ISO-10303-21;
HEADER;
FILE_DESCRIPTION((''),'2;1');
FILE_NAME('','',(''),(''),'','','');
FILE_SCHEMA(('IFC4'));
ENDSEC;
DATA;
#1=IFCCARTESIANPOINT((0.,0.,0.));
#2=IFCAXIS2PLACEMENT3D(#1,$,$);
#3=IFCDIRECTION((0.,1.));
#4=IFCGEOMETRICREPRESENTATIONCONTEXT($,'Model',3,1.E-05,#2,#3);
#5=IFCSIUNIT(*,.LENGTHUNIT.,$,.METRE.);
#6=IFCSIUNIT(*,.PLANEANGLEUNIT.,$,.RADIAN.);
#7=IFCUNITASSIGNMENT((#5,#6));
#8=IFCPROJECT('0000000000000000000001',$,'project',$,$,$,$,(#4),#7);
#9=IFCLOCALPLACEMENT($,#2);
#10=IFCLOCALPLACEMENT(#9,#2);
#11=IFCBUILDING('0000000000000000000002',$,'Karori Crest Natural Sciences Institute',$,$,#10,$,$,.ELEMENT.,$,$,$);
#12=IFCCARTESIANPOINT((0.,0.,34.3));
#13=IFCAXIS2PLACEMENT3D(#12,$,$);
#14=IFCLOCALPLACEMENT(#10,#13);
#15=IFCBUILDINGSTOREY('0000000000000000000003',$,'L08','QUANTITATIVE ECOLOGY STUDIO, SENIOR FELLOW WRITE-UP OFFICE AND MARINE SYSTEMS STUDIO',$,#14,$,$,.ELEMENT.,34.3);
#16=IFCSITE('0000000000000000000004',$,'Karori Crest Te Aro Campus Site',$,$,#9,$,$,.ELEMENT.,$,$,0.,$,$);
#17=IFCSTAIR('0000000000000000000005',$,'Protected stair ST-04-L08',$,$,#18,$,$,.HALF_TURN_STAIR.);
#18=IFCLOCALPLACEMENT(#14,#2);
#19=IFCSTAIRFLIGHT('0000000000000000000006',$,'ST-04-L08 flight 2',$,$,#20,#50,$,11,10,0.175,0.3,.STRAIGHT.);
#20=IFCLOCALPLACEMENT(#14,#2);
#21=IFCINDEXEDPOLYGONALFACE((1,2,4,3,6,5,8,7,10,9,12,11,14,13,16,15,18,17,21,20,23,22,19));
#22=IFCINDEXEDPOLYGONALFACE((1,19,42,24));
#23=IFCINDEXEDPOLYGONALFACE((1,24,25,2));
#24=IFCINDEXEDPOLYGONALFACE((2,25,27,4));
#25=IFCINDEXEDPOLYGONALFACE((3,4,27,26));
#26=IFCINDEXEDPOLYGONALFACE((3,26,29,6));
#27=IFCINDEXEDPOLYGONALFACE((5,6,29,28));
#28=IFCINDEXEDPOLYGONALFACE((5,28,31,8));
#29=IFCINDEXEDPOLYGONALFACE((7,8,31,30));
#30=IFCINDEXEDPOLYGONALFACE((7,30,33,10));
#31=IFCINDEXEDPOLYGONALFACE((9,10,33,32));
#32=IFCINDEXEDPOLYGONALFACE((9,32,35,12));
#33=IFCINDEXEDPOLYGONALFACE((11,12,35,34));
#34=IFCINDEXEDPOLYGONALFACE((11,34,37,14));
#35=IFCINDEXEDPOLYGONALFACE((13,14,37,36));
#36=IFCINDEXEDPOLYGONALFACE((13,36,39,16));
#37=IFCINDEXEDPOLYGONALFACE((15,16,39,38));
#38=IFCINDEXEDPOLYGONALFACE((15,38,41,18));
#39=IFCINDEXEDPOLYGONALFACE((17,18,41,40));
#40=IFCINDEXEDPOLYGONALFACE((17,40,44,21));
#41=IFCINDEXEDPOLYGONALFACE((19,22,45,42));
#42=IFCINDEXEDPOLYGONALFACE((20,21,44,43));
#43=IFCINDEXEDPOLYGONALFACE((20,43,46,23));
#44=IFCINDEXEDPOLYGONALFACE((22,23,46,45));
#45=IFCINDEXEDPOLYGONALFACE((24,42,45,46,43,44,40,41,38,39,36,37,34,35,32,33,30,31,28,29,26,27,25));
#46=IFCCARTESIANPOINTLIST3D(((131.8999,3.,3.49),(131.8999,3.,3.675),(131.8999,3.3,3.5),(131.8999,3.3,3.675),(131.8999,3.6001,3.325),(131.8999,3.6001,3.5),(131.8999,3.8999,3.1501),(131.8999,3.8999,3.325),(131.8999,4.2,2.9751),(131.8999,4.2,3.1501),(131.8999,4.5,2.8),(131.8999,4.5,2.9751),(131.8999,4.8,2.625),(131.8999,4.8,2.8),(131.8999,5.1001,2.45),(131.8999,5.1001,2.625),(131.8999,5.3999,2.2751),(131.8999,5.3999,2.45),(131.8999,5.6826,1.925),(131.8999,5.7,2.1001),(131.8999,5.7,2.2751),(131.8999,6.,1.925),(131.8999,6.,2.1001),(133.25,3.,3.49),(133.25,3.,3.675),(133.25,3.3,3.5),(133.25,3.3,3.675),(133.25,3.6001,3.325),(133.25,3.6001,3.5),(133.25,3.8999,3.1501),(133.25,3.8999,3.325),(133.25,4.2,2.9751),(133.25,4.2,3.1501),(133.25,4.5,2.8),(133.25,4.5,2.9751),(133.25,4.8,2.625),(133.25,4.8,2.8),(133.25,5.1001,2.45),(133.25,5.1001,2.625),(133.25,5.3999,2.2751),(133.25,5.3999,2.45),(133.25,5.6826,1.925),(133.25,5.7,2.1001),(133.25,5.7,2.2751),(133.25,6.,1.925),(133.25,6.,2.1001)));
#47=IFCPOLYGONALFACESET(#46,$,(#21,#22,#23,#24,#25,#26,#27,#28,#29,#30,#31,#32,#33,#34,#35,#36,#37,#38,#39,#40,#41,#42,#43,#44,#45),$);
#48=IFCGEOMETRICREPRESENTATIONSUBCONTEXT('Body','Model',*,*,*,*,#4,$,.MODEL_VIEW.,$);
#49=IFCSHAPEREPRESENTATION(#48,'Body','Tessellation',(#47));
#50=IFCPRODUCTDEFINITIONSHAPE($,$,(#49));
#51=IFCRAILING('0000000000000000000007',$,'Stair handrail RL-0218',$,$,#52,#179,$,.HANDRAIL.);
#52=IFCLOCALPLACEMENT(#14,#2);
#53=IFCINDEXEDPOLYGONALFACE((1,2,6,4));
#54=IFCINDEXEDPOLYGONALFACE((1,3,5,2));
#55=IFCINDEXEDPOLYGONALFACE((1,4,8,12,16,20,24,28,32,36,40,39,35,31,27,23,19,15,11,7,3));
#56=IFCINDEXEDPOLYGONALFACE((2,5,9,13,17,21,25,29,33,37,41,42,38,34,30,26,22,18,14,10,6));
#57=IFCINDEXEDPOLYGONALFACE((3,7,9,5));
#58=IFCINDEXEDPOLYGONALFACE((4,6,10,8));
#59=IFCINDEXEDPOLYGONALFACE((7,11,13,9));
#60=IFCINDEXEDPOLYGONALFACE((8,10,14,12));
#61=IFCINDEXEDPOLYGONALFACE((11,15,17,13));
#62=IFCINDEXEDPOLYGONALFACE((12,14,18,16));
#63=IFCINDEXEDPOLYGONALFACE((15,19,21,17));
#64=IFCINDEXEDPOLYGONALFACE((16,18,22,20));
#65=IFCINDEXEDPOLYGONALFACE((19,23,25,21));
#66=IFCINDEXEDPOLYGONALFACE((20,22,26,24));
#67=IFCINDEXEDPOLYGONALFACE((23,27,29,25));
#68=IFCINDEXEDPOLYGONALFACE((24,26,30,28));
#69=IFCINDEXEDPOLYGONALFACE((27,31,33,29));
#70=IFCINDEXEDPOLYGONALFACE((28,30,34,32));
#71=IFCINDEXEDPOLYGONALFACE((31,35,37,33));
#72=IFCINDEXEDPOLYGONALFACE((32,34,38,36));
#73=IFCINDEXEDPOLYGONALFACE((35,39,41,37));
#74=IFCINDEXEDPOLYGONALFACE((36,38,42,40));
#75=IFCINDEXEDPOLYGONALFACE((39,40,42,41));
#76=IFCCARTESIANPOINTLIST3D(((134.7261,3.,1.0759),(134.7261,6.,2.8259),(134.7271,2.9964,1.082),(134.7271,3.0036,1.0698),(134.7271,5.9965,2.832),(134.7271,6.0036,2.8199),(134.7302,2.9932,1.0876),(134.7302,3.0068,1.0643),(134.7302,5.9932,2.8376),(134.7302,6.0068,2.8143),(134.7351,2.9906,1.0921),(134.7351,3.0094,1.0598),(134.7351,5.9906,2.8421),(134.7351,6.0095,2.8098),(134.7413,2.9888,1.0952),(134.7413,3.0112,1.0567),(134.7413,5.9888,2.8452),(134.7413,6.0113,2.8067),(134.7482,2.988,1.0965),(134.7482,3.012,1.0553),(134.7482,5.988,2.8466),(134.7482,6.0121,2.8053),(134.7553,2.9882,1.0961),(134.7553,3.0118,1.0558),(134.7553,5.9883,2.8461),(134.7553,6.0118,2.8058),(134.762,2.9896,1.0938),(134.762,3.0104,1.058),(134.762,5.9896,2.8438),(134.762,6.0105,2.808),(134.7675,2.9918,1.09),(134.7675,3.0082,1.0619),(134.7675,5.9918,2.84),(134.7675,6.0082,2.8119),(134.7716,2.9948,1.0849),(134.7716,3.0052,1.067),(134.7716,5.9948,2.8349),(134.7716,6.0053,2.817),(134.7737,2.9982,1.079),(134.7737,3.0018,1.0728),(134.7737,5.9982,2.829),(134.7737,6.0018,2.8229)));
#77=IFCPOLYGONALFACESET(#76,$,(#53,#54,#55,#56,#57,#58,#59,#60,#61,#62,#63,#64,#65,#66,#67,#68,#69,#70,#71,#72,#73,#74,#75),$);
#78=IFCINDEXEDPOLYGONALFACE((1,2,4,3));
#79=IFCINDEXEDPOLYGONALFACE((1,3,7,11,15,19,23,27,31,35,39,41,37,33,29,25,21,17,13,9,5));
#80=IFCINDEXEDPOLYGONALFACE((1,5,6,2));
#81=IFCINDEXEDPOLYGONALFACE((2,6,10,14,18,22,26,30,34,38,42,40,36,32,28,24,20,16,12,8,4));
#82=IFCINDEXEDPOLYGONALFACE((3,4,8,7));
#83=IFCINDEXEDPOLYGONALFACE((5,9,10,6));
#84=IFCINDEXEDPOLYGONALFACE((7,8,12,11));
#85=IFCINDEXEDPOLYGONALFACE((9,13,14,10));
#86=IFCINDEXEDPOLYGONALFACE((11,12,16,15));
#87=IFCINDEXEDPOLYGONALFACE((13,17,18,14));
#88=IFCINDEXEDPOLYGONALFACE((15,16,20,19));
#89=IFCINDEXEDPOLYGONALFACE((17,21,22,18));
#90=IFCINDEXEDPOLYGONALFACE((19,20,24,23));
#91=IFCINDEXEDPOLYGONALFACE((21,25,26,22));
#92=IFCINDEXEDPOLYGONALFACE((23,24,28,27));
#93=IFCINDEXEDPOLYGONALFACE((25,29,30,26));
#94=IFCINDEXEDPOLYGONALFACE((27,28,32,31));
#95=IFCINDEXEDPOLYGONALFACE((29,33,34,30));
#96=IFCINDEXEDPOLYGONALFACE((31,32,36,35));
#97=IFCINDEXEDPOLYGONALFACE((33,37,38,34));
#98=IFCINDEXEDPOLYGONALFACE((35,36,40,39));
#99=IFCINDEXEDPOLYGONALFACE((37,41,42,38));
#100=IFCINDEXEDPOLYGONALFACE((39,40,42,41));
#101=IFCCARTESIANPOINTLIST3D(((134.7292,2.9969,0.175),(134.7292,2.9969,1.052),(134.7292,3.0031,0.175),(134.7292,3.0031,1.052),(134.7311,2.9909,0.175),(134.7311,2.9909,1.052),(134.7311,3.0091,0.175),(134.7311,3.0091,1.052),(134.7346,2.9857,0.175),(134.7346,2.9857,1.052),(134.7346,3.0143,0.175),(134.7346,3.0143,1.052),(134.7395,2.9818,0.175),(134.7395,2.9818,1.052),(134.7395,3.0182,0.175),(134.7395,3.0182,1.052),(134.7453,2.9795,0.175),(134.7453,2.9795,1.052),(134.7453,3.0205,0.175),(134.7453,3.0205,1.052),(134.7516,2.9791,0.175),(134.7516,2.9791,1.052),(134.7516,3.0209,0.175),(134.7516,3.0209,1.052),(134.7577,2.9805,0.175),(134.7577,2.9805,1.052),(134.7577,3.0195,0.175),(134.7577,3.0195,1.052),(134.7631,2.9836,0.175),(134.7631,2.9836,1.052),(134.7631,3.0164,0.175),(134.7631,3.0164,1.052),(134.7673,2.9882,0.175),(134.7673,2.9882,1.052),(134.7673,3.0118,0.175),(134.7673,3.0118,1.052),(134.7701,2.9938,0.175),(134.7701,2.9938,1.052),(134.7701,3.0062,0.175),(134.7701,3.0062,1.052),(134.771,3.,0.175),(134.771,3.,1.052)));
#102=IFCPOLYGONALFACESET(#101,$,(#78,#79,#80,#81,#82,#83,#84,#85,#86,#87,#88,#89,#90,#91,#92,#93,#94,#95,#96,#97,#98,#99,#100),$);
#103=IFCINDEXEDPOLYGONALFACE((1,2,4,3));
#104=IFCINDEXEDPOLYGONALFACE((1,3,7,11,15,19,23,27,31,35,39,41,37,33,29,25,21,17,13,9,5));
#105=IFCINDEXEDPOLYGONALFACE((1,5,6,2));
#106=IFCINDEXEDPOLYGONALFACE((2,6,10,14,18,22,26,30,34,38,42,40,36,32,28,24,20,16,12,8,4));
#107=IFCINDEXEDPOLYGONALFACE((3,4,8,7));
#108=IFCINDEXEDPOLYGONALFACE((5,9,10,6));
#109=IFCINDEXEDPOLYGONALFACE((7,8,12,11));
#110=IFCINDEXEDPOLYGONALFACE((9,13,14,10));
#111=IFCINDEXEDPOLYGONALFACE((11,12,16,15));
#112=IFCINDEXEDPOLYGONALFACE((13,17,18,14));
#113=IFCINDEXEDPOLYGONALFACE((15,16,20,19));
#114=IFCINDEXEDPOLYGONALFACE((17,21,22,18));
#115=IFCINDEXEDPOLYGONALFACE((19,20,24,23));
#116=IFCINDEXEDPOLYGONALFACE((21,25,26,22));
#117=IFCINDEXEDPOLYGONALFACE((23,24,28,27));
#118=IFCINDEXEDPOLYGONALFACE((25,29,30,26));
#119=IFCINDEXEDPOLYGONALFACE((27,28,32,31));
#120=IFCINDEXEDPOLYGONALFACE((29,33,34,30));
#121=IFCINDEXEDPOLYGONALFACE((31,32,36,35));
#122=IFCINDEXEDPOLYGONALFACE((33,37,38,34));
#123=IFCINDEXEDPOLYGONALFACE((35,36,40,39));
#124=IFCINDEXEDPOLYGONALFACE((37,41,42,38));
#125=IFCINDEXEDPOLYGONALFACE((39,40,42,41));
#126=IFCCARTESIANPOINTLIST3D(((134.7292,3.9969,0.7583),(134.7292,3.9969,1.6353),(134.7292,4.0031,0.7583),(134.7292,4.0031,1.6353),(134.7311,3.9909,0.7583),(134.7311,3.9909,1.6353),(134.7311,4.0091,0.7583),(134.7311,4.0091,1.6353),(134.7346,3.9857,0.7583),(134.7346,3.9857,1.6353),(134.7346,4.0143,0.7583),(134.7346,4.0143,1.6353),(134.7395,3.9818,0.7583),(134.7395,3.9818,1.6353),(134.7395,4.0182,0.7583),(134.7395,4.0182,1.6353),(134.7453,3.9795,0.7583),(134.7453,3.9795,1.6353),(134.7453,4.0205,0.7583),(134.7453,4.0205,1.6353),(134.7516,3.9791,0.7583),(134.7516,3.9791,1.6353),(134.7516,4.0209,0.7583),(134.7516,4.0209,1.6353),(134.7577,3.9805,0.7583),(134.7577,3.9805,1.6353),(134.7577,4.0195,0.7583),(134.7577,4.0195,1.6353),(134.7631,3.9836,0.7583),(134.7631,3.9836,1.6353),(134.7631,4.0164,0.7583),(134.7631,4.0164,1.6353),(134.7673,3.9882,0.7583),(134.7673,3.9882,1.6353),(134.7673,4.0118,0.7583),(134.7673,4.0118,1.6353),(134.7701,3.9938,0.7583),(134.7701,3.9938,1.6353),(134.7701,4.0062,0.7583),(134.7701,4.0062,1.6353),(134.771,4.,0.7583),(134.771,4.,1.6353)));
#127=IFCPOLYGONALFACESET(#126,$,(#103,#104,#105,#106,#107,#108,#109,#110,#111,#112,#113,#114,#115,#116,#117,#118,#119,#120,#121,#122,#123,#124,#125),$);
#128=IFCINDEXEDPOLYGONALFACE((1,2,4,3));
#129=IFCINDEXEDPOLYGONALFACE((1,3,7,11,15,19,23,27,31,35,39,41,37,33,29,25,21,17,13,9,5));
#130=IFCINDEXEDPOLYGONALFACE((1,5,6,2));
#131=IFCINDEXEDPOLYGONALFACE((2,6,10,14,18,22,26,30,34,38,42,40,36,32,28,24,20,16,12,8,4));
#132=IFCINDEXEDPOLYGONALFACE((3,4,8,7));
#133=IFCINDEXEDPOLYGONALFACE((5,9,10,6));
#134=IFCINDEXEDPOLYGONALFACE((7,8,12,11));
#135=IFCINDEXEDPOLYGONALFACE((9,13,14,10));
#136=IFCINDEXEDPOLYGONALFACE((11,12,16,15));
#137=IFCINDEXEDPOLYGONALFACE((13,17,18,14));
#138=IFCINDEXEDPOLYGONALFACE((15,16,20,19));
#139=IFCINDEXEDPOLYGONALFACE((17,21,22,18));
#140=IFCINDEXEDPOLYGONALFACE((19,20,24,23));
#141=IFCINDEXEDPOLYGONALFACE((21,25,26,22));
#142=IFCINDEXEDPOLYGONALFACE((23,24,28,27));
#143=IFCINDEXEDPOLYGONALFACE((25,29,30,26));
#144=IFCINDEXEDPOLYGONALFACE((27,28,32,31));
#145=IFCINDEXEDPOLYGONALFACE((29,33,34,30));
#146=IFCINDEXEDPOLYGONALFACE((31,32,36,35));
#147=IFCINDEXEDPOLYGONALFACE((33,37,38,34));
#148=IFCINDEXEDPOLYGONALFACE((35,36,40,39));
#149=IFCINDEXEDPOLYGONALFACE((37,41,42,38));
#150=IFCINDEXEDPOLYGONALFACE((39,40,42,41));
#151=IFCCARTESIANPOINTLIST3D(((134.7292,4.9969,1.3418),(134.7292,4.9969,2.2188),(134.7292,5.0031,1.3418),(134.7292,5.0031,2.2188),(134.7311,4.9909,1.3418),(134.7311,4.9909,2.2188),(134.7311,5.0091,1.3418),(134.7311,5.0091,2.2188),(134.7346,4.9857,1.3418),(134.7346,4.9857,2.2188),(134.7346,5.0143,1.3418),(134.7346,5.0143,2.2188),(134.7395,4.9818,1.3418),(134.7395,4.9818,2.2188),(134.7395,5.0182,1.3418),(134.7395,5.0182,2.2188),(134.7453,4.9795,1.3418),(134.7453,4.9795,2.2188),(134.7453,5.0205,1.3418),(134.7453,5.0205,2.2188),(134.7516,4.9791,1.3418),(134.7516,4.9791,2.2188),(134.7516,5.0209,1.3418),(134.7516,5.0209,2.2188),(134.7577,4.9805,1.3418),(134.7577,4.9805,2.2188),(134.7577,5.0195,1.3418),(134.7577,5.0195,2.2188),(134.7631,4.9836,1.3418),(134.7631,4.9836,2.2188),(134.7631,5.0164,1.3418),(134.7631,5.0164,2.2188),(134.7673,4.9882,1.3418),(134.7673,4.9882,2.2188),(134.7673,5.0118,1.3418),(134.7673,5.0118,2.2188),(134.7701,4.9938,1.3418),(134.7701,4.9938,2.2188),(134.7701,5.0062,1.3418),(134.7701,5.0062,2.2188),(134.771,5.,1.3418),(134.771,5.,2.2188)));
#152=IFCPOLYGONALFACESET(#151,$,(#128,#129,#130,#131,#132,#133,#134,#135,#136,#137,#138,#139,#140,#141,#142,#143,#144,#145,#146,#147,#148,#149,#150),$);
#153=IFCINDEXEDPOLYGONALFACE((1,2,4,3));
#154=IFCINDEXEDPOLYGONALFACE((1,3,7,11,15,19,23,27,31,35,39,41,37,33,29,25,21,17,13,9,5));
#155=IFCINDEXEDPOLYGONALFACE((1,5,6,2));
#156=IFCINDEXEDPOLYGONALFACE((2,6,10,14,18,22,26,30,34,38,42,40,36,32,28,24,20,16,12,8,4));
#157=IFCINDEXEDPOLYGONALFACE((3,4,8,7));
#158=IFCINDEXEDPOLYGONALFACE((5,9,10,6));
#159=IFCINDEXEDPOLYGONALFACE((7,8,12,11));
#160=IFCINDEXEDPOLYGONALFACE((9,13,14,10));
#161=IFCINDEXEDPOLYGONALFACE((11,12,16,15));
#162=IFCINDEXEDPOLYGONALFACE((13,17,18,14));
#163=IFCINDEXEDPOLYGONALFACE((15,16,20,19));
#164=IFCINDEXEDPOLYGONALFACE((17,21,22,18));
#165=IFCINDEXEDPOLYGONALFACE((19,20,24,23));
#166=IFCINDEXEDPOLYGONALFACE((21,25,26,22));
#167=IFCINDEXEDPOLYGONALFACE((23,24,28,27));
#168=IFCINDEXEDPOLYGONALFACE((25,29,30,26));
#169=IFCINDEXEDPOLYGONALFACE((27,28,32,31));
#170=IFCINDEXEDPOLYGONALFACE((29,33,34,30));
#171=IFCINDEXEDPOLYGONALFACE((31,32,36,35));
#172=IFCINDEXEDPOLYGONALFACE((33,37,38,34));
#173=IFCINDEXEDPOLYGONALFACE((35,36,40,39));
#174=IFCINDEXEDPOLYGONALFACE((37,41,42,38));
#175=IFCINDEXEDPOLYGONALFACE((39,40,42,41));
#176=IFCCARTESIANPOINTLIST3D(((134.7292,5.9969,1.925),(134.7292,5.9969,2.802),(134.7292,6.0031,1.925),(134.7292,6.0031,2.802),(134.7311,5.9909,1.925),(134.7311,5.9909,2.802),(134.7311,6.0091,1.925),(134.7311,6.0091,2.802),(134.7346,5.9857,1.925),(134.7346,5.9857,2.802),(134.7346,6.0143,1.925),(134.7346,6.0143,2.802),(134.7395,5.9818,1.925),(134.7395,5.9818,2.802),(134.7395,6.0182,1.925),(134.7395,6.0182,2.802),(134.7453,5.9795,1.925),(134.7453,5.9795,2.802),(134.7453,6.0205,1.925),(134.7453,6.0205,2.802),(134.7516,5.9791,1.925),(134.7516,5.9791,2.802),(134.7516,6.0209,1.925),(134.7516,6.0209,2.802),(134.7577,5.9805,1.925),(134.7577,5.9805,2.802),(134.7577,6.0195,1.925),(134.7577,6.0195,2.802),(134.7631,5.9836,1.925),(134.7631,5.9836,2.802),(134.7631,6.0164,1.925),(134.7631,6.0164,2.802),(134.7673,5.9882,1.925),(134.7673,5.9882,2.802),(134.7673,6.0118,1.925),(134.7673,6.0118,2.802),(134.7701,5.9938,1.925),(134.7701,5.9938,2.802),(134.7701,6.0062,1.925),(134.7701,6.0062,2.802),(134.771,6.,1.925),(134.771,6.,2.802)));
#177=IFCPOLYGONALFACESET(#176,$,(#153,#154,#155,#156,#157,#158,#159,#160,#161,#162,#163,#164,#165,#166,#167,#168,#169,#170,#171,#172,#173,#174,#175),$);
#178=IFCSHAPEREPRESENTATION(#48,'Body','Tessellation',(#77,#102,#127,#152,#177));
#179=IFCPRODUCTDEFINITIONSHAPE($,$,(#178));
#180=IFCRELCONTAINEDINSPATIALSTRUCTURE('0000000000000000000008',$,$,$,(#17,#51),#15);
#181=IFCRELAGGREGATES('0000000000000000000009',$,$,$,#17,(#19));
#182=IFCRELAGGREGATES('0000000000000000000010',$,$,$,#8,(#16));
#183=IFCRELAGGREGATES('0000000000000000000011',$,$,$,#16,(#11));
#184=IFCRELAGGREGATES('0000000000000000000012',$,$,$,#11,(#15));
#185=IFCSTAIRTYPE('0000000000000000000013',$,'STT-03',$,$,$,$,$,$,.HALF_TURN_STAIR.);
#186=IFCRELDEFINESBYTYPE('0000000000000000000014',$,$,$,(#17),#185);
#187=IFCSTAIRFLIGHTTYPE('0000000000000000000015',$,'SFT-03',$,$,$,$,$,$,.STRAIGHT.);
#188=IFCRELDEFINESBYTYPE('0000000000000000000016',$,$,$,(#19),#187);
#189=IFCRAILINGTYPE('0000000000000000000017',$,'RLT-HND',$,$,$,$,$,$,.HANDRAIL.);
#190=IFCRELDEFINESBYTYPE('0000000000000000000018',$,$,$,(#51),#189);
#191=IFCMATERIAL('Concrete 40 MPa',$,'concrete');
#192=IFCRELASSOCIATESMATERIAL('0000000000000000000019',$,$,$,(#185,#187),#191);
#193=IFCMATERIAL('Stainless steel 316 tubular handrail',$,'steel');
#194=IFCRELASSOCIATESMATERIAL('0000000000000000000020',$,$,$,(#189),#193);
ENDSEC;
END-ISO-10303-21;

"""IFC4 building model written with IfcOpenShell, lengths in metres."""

from ifc_helpers import new_model, si_unit, direction, frame, origin, origin_2d, place, context, subcontext, project, spatial, polyline, circle, outline, extrude, material, type_object, element, aggregate, save


model = new_model("IFC4")

# Units and contexts
model_context = context("Model", 3, precision=1e-05, world=origin(), true_north=direction((0.0, 1.0)))
body_context = subcontext(model_context, "Body", "Model", "MODEL_VIEW")
ifc_project = project(units=[si_unit("LENGTHUNIT", "METRE"), si_unit("PLANEANGLEUNIT", "RADIAN")], contexts=[model_context])

# Site, building, storey
site_placement = place(None, origin())
site = spatial("IfcSite", under=ifc_project, at=site_placement, Name="Karori Crest Te Aro Campus Site", CompositionType="ELEMENT", RefElevation=0.0)
building_placement = place(site_placement, origin())
building = spatial("IfcBuilding", under=site, at=building_placement, Name="Karori Crest Natural Sciences Institute", CompositionType="ELEMENT")
storey_placement = place(building_placement, frame((0.0, 0.0, 34.3)))
storey = spatial("IfcBuildingStorey", under=building, at=storey_placement, Name="L08", Description="QUANTITATIVE ECOLOGY STUDIO, SENIOR FELLOW WRITE-UP OFFICE AND MARINE SYSTEMS STUDIO", CompositionType="ELEMENT", Elevation=34.3)

# Stair, stair flight
ifc_material_1 = material(Name="Concrete 40 MPa", Category="concrete")
stair_type = type_object("IfcStairType", Name="STT-03", PredefinedType="HALF_TURN_STAIR", material=ifc_material_1)
stair_placement = place(storey_placement, origin())
stair = element("IfcStair", 1, at=stair_placement, inside=storey, type_object=stair_type, Name="Protected stair ST-04-L08", PredefinedType="HALF_TURN_STAIR")
stair_flight_type = type_object("IfcStairFlightType", Name="SFT-03", PredefinedType="STRAIGHT", material=ifc_material_1)
stair_flight_1_placement = place(storey_placement, frame((132.575, 6.0, 1.925), z_axis=(0.0, 0.0, 1.0), x_axis=(0.0, -1.0, 0.0)))
stair_flight_1 = element("IfcStairFlight", 2, at=stair_flight_1_placement, type_object=stair_flight_type, Name="ST-04-L08 flight 2", NumberOfRisers=11, NumberOfTreads=10, PredefinedType="STRAIGHT", RiserHeight=0.175, TreadLength=0.3, context=body_context, shape_type="SweptSolid", body=[
    extrude(outline(polyline([(0.0, 0.0), (0.0, 0.175), (0.3, 0.175), (0.3, 0.3501), (0.6001, 0.3501), (0.6001, 0.5249), (0.8999, 0.5249), (0.8999, 0.7), (1.2, 0.7), (1.2, 0.875), (1.5, 0.875), (1.5, 1.05), (1.8, 1.05), (1.8, 1.2251), (2.1001, 1.2251), (2.1001, 1.3999), (2.3999, 1.3999), (2.3999, 1.575), (2.7, 1.575), (2.7, 1.75), (3.0, 1.75), (3.0, 1.925), (3.0, 1.5649), (0.3174, 0.0), (0.0, 0.0)])), frame((0.0, 0.675, 0.0), z_axis=(0.0, -1.0, 0.0), x_axis=(1.0, 0.0, 0.0)), (0.0, 0.0, 1.0), 1.3501),
])
aggregate(stair, [stair_flight_1])

# Railing
ifc_material_2 = material(Name="Stainless steel 316 tubular handrail", Category="steel")
railing_type_1 = type_object("IfcRailingType", Name="RLT-HND", PredefinedType="HANDRAIL", material=ifc_material_2)
railing_1_placement = place(storey_placement, frame((134.75, 3.0, 0.175)))
element("IfcRailing", 3, at=railing_1_placement, inside=storey, type_object=railing_type_1, Name="Stair handrail RL-0218", PredefinedType="HANDRAIL", context=body_context, shape_type="SweptSolid", body=[
    extrude(circle(Radius=0.0239, at=origin_2d()), frame((0.0, 0.0, 0.9009), z_axis=(0.0, 0.863779, 0.503871), x_axis=(-1.0, 0.0, 0.0)), (0.0, 0.0, 1.0), 3.4731),
    extrude(circle(Radius=0.021, at=origin_2d()), origin(), (0.0, 0.0, 1.0), 0.877),
    extrude(circle(Radius=0.021, at=origin_2d()), frame((0.0, 1.0, 0.5833)), (0.0, 0.0, 1.0), 0.877),
    extrude(circle(Radius=0.021, at=origin_2d()), frame((0.0, 2.0, 1.1667)), (0.0, 0.0, 1.0), 0.877),
    extrude(circle(Radius=0.021, at=origin_2d()), frame((0.0, 3.0, 1.75)), (0.0, 0.0, 1.0), 0.877),
])

save(model, "model.ifc")
